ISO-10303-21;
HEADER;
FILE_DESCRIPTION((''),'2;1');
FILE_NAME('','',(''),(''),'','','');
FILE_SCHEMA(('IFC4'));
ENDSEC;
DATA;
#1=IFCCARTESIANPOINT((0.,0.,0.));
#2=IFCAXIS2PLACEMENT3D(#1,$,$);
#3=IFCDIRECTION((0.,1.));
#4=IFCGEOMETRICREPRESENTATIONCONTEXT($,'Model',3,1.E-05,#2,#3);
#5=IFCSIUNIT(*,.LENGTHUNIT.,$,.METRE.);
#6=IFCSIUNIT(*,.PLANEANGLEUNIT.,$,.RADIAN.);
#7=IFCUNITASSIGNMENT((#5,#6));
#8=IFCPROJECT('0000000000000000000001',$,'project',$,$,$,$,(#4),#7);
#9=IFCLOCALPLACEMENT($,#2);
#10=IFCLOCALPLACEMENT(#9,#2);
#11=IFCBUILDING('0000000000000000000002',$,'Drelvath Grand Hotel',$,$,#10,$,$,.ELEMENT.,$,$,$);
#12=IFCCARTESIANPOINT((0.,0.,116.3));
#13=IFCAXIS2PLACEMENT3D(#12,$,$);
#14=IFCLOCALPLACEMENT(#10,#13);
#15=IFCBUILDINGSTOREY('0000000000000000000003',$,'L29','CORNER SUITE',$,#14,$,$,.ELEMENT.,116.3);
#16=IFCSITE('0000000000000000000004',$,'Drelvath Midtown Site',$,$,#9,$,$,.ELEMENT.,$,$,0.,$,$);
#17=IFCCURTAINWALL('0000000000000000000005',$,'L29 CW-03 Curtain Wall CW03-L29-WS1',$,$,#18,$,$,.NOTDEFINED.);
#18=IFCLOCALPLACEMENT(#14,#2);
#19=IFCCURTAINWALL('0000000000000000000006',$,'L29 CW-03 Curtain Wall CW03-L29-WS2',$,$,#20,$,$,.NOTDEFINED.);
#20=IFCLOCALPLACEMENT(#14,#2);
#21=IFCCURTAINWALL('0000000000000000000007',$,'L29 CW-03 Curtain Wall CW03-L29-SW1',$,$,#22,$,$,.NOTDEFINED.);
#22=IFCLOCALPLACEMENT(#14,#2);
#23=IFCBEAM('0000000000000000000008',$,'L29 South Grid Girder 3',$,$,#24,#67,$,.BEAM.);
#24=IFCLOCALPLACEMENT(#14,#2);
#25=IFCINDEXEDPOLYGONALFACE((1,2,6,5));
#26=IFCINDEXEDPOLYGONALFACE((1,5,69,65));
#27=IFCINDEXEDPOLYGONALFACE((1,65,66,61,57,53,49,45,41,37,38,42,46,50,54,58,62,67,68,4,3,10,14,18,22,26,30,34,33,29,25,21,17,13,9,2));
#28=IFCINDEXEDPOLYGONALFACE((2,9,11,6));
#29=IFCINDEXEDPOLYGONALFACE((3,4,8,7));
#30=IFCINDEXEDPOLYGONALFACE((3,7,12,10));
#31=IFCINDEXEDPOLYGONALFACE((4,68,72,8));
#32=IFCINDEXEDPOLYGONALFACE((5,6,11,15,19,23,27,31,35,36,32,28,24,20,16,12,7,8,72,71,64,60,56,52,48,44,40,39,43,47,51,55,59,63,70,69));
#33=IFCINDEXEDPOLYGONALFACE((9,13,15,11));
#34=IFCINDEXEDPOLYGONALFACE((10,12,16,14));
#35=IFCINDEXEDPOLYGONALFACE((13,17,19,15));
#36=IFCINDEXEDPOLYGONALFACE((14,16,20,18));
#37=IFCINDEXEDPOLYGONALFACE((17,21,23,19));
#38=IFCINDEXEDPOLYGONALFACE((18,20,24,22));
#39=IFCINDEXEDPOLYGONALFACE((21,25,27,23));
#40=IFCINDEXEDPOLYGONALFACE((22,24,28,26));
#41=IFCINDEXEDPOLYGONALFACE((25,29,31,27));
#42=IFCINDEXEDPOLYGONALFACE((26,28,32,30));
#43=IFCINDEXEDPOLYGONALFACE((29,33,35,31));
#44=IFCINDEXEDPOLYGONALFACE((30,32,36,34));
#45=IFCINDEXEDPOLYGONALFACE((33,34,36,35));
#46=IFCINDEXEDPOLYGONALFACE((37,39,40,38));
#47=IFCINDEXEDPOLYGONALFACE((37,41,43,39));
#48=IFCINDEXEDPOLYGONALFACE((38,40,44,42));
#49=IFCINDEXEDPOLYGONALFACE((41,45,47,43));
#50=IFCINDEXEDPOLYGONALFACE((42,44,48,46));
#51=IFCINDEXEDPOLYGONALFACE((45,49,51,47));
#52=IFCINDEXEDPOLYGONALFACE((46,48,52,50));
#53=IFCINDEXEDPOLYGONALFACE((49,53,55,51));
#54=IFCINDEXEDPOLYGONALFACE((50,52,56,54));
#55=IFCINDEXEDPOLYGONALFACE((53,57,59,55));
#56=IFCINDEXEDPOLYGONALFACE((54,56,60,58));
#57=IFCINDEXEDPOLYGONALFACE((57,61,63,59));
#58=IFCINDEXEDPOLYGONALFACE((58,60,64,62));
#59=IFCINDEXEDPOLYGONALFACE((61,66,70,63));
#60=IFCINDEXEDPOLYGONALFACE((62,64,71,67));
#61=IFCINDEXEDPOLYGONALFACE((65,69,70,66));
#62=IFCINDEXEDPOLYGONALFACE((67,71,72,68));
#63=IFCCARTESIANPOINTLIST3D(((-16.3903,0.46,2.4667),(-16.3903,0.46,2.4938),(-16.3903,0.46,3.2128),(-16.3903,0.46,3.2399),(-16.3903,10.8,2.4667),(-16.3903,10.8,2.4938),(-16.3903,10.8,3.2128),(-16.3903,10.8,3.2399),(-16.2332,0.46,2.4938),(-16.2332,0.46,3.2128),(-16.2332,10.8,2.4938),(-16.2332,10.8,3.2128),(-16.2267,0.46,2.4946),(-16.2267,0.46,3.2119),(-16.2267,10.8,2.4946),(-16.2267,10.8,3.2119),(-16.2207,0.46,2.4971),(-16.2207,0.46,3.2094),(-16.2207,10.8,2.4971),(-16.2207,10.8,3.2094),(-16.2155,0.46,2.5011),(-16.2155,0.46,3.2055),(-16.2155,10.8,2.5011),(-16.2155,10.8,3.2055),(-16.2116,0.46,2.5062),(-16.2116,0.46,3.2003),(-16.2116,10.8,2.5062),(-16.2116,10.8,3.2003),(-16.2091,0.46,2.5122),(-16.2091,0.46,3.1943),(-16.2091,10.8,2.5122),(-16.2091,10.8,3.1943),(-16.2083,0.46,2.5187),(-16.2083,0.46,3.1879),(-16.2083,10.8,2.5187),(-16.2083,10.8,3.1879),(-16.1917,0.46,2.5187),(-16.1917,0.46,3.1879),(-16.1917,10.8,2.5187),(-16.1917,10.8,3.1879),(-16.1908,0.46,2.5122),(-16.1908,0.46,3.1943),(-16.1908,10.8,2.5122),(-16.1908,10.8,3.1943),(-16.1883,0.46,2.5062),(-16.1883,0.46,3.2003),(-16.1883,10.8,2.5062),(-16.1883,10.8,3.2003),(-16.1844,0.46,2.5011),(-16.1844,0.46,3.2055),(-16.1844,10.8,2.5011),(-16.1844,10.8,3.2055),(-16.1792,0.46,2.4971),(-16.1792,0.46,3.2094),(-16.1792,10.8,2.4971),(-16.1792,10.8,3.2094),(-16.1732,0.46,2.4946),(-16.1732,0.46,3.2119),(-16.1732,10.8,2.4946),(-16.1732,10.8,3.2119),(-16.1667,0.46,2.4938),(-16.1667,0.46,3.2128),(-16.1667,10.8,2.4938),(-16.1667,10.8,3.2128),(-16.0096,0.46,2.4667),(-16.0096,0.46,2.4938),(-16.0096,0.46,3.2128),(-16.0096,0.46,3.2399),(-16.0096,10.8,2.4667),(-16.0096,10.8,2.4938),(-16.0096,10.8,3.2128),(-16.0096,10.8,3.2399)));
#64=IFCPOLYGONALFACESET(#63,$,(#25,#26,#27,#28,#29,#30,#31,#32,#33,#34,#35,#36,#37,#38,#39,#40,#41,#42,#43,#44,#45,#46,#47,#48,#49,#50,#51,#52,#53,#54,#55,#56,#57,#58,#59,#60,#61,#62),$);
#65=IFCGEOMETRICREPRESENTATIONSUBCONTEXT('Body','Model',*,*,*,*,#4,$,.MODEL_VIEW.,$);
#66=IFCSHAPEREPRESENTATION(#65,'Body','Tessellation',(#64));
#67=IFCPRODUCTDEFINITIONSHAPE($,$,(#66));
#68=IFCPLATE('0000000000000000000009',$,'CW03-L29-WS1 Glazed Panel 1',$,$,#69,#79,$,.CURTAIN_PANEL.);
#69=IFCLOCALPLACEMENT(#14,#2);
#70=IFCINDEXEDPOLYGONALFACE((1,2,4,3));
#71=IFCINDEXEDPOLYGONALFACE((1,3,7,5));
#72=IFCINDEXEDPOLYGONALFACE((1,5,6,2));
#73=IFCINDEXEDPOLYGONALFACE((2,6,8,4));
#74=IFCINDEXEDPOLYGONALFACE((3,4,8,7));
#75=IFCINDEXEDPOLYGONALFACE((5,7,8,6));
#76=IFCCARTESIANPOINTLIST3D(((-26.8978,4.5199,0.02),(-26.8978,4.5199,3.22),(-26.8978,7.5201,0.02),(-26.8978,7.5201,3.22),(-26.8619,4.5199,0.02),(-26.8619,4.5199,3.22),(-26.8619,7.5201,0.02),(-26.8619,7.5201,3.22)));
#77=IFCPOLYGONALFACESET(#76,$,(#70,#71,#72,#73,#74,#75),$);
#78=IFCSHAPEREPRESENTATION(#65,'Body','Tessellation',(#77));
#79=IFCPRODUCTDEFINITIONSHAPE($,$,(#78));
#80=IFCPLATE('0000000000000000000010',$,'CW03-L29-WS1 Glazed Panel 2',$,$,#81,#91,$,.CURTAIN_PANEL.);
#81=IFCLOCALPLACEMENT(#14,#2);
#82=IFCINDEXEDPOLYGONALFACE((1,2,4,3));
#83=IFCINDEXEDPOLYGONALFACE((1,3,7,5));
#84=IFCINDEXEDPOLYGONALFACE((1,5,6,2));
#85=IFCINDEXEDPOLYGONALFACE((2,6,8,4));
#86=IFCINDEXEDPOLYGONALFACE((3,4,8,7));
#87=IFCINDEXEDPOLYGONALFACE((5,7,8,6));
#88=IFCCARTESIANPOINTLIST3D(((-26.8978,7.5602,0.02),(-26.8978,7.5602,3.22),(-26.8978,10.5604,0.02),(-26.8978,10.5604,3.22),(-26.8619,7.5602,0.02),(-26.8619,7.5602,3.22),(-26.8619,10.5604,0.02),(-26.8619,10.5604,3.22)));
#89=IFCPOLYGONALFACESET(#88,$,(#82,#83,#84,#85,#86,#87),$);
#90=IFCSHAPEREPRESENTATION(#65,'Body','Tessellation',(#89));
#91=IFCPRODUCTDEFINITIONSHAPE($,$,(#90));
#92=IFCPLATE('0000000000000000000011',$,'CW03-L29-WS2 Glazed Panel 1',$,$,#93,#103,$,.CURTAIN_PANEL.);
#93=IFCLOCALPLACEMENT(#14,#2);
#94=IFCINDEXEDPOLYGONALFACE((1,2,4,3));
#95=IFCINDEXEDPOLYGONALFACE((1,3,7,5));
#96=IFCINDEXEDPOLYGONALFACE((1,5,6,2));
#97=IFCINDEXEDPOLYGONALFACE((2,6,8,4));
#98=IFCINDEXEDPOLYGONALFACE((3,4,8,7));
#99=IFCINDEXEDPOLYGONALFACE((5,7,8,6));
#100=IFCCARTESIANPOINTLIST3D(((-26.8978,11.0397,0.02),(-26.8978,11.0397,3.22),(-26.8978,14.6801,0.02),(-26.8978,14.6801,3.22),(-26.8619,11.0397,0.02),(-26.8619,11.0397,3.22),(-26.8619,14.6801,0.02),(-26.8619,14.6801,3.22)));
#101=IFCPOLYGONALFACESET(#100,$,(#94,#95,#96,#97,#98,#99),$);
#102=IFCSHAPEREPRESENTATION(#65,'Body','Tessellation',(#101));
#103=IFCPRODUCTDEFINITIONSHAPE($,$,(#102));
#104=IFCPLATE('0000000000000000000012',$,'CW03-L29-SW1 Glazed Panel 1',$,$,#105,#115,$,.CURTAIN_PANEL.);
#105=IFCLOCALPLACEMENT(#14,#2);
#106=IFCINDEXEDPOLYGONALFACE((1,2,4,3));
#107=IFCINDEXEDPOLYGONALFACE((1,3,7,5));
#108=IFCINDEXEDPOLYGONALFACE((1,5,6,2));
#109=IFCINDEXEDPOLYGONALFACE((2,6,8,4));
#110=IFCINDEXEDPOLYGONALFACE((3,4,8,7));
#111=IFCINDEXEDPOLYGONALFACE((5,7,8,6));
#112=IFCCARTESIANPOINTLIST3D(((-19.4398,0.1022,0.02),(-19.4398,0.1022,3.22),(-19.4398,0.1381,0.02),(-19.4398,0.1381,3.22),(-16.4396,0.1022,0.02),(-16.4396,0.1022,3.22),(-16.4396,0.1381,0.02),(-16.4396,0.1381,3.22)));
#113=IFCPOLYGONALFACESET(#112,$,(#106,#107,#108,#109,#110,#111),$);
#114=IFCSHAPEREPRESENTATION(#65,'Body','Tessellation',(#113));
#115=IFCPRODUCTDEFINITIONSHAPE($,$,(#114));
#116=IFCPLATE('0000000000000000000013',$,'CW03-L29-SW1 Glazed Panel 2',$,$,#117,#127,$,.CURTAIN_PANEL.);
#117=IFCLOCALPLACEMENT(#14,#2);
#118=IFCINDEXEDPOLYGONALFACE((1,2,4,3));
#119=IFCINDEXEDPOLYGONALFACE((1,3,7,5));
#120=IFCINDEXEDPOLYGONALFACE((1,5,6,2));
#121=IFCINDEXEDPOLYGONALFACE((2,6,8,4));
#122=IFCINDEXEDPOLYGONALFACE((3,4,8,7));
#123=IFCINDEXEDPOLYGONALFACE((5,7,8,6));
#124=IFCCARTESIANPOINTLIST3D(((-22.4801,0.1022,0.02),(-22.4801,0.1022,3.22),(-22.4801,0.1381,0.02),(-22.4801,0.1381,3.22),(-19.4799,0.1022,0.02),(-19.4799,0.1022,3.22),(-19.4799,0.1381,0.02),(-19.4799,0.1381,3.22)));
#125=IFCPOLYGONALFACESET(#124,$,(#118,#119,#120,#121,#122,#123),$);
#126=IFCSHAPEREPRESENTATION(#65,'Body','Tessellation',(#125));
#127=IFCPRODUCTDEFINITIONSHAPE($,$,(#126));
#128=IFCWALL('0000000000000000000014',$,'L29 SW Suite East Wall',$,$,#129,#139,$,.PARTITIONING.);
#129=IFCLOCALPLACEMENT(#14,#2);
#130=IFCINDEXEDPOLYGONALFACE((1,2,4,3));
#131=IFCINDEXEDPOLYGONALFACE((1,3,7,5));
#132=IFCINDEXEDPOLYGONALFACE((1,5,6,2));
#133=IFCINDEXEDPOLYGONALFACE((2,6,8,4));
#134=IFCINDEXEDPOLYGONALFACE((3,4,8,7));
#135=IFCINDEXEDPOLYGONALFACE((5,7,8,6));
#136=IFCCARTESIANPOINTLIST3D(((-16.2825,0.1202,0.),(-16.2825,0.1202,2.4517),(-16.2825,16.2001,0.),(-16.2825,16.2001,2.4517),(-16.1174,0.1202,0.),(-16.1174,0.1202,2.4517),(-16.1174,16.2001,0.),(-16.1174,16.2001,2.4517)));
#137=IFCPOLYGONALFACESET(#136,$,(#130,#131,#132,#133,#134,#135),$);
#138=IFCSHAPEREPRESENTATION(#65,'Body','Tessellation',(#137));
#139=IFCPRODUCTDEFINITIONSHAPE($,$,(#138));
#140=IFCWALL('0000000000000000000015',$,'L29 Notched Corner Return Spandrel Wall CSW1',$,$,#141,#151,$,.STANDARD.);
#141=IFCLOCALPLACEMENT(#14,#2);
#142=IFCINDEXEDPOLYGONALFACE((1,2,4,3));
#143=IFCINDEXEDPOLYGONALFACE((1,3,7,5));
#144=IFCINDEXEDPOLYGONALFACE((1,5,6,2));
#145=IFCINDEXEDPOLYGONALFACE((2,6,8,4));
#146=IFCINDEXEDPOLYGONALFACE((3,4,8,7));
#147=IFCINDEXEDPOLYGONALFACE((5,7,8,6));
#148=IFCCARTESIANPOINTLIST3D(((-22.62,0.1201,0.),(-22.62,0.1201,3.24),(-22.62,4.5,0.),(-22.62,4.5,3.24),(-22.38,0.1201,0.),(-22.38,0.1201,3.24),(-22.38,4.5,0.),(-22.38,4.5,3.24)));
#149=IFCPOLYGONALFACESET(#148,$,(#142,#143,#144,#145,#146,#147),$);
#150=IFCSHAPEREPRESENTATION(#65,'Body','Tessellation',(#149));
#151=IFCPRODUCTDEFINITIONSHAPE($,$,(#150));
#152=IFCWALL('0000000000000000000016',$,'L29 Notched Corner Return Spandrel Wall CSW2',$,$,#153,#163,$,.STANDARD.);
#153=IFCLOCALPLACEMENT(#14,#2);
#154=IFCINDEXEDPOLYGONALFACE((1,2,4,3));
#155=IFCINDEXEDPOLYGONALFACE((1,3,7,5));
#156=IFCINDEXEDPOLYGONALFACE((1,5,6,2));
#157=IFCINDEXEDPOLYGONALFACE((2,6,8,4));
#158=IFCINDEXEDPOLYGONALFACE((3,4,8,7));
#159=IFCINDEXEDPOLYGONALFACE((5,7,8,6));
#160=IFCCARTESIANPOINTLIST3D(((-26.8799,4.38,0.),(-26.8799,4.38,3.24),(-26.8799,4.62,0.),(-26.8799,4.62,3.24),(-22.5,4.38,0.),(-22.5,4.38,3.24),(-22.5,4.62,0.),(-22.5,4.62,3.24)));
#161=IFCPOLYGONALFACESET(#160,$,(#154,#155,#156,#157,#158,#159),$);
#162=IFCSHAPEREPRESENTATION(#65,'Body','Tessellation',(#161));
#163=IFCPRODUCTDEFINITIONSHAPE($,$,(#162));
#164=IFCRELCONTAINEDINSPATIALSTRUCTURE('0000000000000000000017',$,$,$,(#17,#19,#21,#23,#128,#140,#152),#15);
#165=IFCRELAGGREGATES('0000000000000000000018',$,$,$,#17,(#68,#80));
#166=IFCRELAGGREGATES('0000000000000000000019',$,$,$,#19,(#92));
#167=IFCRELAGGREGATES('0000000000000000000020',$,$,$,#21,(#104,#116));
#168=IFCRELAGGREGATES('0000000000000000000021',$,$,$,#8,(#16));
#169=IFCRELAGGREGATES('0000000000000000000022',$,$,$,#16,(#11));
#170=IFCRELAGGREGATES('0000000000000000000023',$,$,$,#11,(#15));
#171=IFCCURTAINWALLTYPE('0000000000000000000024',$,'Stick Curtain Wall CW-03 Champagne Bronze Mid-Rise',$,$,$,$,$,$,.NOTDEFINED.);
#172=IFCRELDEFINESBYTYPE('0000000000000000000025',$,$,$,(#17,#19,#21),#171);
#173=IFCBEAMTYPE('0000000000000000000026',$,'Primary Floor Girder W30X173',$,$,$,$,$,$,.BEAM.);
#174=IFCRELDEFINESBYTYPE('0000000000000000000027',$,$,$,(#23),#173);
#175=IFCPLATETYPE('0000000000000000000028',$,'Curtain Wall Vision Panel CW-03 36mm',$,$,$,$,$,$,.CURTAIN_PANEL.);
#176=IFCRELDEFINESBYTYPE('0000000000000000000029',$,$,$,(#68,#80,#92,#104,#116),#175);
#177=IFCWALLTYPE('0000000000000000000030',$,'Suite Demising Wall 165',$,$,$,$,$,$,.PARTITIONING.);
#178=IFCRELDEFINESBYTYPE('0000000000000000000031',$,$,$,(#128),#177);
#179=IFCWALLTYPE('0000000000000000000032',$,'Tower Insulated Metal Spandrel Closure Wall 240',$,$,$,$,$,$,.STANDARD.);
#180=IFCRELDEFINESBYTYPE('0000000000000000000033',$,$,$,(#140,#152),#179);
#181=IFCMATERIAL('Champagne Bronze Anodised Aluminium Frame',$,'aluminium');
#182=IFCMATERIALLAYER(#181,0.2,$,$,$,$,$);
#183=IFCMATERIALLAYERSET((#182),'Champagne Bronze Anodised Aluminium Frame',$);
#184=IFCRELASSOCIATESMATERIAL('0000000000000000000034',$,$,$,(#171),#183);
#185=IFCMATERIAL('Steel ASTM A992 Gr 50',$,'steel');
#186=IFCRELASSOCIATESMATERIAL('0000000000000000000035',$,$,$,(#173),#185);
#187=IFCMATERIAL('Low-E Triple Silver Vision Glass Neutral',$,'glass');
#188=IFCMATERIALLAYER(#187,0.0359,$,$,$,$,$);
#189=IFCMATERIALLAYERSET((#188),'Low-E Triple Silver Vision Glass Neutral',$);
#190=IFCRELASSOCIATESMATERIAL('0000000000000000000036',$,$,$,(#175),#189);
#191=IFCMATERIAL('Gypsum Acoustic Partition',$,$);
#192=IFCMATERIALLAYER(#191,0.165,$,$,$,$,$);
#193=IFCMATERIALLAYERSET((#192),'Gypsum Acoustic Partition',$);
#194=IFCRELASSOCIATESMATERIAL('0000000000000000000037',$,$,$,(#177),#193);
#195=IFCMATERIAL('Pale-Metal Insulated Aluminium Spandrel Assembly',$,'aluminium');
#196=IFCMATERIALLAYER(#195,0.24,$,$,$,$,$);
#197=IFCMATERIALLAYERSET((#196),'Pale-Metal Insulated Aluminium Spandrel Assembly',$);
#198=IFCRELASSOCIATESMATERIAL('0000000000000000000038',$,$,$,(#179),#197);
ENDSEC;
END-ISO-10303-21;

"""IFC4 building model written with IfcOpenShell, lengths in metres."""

from ifc_helpers import new_model, si_unit, direction, frame, frame_2d, origin, origin_2d, place, context, subcontext, project, spatial, rectangle, i_section, extrude, material, layer, layer_set, material_profile, profile_set, type_object, element, aggregate, save


model = new_model("IFC4")

# Units and contexts
model_context = context("Model", 3, precision=1e-05, world=origin(), true_north=direction((0.0, 1.0)))
body_context = subcontext(model_context, "Body", "Model", "MODEL_VIEW")
ifc_project = project(units=[si_unit("LENGTHUNIT", "METRE"), si_unit("PLANEANGLEUNIT", "RADIAN")], contexts=[model_context])

# Site, building, storey
site_placement = place(None, origin())
site = spatial("IfcSite", under=ifc_project, at=site_placement, Name="Drelvath Midtown Site", CompositionType="ELEMENT", RefElevation=0.0)
building_placement = place(site_placement, origin())
building = spatial("IfcBuilding", under=site, at=building_placement, Name="Drelvath Grand Hotel", CompositionType="ELEMENT")
storey_placement = place(building_placement, frame((0.0, 0.0, 116.3)))
storey = spatial("IfcBuildingStorey", under=building, at=storey_placement, Name="L29", Description="CORNER SUITE", CompositionType="ELEMENT", Elevation=116.3)

# Curtain walls
ifc_material_1 = material(Name="Champagne Bronze Anodised Aluminium Frame", Category="aluminium")
ifc_layer_1 = layer(ifc_material_1, 0.2)
ifc_layer_set_1 = layer_set([ifc_layer_1], Name="Champagne Bronze Anodised Aluminium Frame")
curtain_wall_type = type_object("IfcCurtainWallType", Name="Stick Curtain Wall CW-03 Champagne Bronze Mid-Rise", PredefinedType="NOTDEFINED", material=ifc_layer_set_1)
curtain_wall_1_placement = place(storey_placement, origin())
curtain_wall_1 = element("IfcCurtainWall", 1, at=curtain_wall_1_placement, inside=storey, type_object=curtain_wall_type, Name="L29 CW-03 Curtain Wall CW03-L29-WS1", PredefinedType="NOTDEFINED")
curtain_wall_2_placement = place(storey_placement, origin())
curtain_wall_2 = element("IfcCurtainWall", 2, at=curtain_wall_2_placement, inside=storey, type_object=curtain_wall_type, Name="L29 CW-03 Curtain Wall CW03-L29-WS2", PredefinedType="NOTDEFINED")
curtain_wall_3_placement = place(storey_placement, origin())
curtain_wall_3 = element("IfcCurtainWall", 3, at=curtain_wall_3_placement, inside=storey, type_object=curtain_wall_type, Name="L29 CW-03 Curtain Wall CW03-L29-SW1", PredefinedType="NOTDEFINED")

# Beam
ifc_material_2 = material(Name="Steel ASTM A992 Gr 50", Category="steel")
ifc_material_profile_1 = material_profile(ifc_material_2, i_section(OverallWidth=0.3806, OverallDepth=0.7732, WebThickness=0.0166, FlangeThickness=0.0271, FilletRadius=0.0249, at=origin_2d()), Name="W30X173")
ifc_profile_set_1 = profile_set([ifc_material_profile_1], Name="Steel ASTM A992 Gr 50")
beam_type_1 = type_object("IfcBeamType", Name="Primary Floor Girder W30X173", PredefinedType="BEAM", material=ifc_profile_set_1)
for number, where, z_axis, x_axis, name in (
    (4, (-16.2, 0.46, 2.8533), (0.0, 1.0, 0.0), (-1.0, 0.0, 0.0), "L29 South Grid Girder 3"),
):
    element("IfcBeam", number, at=place(storey_placement, frame(where, z_axis=z_axis, x_axis=x_axis)), inside=storey, type_object=beam_type_1, Name=name, PredefinedType="BEAM", context=body_context, shape_type="SweptSolid", body=[
        extrude(i_section(OverallWidth=0.3806, OverallDepth=0.7732, WebThickness=0.0166, FlangeThickness=0.0271, FilletRadius=0.0249, at=origin_2d()), origin(), (0.0, 0.0, 1.0), 10.3401),
    ])

# Plates
ifc_material_3 = material(Name="Low-E Triple Silver Vision Glass Neutral", Category="glass")
ifc_layer_2 = layer(ifc_material_3, 0.0359)
ifc_layer_set_2 = layer_set([ifc_layer_2], Name="Low-E Triple Silver Vision Glass Neutral")
plate_type = type_object("IfcPlateType", Name="Curtain Wall Vision Panel CW-03 36mm", PredefinedType="CURTAIN_PANEL", material=ifc_layer_set_2)
plate_1_placement = place(storey_placement, frame((-26.8799, 6.02, 0.02), z_axis=(0.0, 0.0, 1.0), x_axis=(0.0, 1.0, 0.0)))
plate_1 = element("IfcPlate", 5, at=plate_1_placement, type_object=plate_type, Name="CW03-L29-WS1 Glazed Panel 1", PredefinedType="CURTAIN_PANEL", context=body_context, shape_type="SweptSolid", body=[
    extrude(rectangle(XDim=3.0002, YDim=0.0359, at=origin_2d()), origin(), (0.0, 0.0, 1.0), 3.2),
])
plate_2_placement = place(storey_placement, frame((-26.8799, 9.0603, 0.02), z_axis=(0.0, 0.0, 1.0), x_axis=(0.0, 1.0, 0.0)))
plate_2 = element("IfcPlate", 6, at=plate_2_placement, type_object=plate_type, Name="CW03-L29-WS1 Glazed Panel 2", PredefinedType="CURTAIN_PANEL", context=body_context, shape_type="SweptSolid", body=[
    extrude(rectangle(XDim=3.0002, YDim=0.0359, at=origin_2d()), origin(), (0.0, 0.0, 1.0), 3.2),
])
aggregate(curtain_wall_1, [plate_1, plate_2])
plate_3_placement = place(storey_placement, frame((-26.8799, 12.8599, 0.02), z_axis=(0.0, 0.0, 1.0), x_axis=(0.0, 1.0, 0.0)))
plate_3 = element("IfcPlate", 7, at=plate_3_placement, type_object=plate_type, Name="CW03-L29-WS2 Glazed Panel 1", PredefinedType="CURTAIN_PANEL", context=body_context, shape_type="SweptSolid", body=[
    extrude(rectangle(XDim=3.6404, YDim=0.0359, at=origin_2d()), origin(), (0.0, 0.0, 1.0), 3.2),
])
aggregate(curtain_wall_2, [plate_3])
plate_4_placement = place(storey_placement, frame((-17.9397, 0.1201, 0.02), z_axis=(0.0, 0.0, 1.0), x_axis=(-1.0, 0.0, 0.0)))
plate_4 = element("IfcPlate", 8, at=plate_4_placement, type_object=plate_type, Name="CW03-L29-SW1 Glazed Panel 1", PredefinedType="CURTAIN_PANEL", context=body_context, shape_type="SweptSolid", body=[
    extrude(rectangle(XDim=3.0002, YDim=0.0359, at=origin_2d()), origin(), (0.0, 0.0, 1.0), 3.2),
])
plate_5_placement = place(storey_placement, frame((-20.98, 0.1201, 0.02), z_axis=(0.0, 0.0, 1.0), x_axis=(-1.0, 0.0, 0.0)))
plate_5 = element("IfcPlate", 9, at=plate_5_placement, type_object=plate_type, Name="CW03-L29-SW1 Glazed Panel 2", PredefinedType="CURTAIN_PANEL", context=body_context, shape_type="SweptSolid", body=[
    extrude(rectangle(XDim=3.0002, YDim=0.0359, at=origin_2d()), origin(), (0.0, 0.0, 1.0), 3.2),
])
aggregate(curtain_wall_3, [plate_4, plate_5])

# Walls
ifc_material_4 = material(Name="Gypsum Acoustic Partition")
ifc_layer_3 = layer(ifc_material_4, 0.165)
ifc_layer_set_3 = layer_set([ifc_layer_3], Name="Gypsum Acoustic Partition")
wall_type_1 = type_object("IfcWallType", Name="Suite Demising Wall 165", PredefinedType="PARTITIONING", material=ifc_layer_set_3)
wall_placement = place(storey_placement, frame((-16.2, 0.1201, 0.0), z_axis=(0.0, 0.0, 1.0), x_axis=(0.0, 1.0, 0.0)))
element("IfcWall", 10, at=wall_placement, inside=storey, type_object=wall_type_1, Name="L29 SW Suite East Wall", PredefinedType="PARTITIONING", context=body_context, shape_type="SweptSolid", body=[
    extrude(rectangle(XDim=16.0798, YDim=0.165, at=frame_2d((8.04, 0.0))), origin(), (0.0, 0.0, 1.0), 2.4517),
])
ifc_material_5 = material(Name="Pale-Metal Insulated Aluminium Spandrel Assembly", Category="aluminium")
ifc_layer_4 = layer(ifc_material_5, 0.24)
ifc_layer_set_4 = layer_set([ifc_layer_4], Name="Pale-Metal Insulated Aluminium Spandrel Assembly")
wall_type_2 = type_object("IfcWallType", Name="Tower Insulated Metal Spandrel Closure Wall 240", PredefinedType="STANDARD", material=ifc_layer_set_4)
for number, where, z_axis, x_axis, name in (
    (11, (-22.5, 0.1201, 0.0), (0.0, 0.0, 1.0), (0.0, 1.0, 0.0), "L29 Notched Corner Return Spandrel Wall CSW1"),
    (12, (-22.5, 4.5, 0.0), (0.0, 0.0, 1.0), (-1.0, 0.0, 0.0), "L29 Notched Corner Return Spandrel Wall CSW2"),
):
    element("IfcWall", number, at=place(storey_placement, frame(where, z_axis=z_axis, x_axis=x_axis)), inside=storey, type_object=wall_type_2, Name=name, PredefinedType="STANDARD", context=body_context, shape_type="SweptSolid", body=[
        extrude(rectangle(XDim=4.3799, YDim=0.24, at=frame_2d((2.1899, 0.0))), origin(), (0.0, 0.0, 1.0), 3.24),
    ])

save(model, "model.ifc")
